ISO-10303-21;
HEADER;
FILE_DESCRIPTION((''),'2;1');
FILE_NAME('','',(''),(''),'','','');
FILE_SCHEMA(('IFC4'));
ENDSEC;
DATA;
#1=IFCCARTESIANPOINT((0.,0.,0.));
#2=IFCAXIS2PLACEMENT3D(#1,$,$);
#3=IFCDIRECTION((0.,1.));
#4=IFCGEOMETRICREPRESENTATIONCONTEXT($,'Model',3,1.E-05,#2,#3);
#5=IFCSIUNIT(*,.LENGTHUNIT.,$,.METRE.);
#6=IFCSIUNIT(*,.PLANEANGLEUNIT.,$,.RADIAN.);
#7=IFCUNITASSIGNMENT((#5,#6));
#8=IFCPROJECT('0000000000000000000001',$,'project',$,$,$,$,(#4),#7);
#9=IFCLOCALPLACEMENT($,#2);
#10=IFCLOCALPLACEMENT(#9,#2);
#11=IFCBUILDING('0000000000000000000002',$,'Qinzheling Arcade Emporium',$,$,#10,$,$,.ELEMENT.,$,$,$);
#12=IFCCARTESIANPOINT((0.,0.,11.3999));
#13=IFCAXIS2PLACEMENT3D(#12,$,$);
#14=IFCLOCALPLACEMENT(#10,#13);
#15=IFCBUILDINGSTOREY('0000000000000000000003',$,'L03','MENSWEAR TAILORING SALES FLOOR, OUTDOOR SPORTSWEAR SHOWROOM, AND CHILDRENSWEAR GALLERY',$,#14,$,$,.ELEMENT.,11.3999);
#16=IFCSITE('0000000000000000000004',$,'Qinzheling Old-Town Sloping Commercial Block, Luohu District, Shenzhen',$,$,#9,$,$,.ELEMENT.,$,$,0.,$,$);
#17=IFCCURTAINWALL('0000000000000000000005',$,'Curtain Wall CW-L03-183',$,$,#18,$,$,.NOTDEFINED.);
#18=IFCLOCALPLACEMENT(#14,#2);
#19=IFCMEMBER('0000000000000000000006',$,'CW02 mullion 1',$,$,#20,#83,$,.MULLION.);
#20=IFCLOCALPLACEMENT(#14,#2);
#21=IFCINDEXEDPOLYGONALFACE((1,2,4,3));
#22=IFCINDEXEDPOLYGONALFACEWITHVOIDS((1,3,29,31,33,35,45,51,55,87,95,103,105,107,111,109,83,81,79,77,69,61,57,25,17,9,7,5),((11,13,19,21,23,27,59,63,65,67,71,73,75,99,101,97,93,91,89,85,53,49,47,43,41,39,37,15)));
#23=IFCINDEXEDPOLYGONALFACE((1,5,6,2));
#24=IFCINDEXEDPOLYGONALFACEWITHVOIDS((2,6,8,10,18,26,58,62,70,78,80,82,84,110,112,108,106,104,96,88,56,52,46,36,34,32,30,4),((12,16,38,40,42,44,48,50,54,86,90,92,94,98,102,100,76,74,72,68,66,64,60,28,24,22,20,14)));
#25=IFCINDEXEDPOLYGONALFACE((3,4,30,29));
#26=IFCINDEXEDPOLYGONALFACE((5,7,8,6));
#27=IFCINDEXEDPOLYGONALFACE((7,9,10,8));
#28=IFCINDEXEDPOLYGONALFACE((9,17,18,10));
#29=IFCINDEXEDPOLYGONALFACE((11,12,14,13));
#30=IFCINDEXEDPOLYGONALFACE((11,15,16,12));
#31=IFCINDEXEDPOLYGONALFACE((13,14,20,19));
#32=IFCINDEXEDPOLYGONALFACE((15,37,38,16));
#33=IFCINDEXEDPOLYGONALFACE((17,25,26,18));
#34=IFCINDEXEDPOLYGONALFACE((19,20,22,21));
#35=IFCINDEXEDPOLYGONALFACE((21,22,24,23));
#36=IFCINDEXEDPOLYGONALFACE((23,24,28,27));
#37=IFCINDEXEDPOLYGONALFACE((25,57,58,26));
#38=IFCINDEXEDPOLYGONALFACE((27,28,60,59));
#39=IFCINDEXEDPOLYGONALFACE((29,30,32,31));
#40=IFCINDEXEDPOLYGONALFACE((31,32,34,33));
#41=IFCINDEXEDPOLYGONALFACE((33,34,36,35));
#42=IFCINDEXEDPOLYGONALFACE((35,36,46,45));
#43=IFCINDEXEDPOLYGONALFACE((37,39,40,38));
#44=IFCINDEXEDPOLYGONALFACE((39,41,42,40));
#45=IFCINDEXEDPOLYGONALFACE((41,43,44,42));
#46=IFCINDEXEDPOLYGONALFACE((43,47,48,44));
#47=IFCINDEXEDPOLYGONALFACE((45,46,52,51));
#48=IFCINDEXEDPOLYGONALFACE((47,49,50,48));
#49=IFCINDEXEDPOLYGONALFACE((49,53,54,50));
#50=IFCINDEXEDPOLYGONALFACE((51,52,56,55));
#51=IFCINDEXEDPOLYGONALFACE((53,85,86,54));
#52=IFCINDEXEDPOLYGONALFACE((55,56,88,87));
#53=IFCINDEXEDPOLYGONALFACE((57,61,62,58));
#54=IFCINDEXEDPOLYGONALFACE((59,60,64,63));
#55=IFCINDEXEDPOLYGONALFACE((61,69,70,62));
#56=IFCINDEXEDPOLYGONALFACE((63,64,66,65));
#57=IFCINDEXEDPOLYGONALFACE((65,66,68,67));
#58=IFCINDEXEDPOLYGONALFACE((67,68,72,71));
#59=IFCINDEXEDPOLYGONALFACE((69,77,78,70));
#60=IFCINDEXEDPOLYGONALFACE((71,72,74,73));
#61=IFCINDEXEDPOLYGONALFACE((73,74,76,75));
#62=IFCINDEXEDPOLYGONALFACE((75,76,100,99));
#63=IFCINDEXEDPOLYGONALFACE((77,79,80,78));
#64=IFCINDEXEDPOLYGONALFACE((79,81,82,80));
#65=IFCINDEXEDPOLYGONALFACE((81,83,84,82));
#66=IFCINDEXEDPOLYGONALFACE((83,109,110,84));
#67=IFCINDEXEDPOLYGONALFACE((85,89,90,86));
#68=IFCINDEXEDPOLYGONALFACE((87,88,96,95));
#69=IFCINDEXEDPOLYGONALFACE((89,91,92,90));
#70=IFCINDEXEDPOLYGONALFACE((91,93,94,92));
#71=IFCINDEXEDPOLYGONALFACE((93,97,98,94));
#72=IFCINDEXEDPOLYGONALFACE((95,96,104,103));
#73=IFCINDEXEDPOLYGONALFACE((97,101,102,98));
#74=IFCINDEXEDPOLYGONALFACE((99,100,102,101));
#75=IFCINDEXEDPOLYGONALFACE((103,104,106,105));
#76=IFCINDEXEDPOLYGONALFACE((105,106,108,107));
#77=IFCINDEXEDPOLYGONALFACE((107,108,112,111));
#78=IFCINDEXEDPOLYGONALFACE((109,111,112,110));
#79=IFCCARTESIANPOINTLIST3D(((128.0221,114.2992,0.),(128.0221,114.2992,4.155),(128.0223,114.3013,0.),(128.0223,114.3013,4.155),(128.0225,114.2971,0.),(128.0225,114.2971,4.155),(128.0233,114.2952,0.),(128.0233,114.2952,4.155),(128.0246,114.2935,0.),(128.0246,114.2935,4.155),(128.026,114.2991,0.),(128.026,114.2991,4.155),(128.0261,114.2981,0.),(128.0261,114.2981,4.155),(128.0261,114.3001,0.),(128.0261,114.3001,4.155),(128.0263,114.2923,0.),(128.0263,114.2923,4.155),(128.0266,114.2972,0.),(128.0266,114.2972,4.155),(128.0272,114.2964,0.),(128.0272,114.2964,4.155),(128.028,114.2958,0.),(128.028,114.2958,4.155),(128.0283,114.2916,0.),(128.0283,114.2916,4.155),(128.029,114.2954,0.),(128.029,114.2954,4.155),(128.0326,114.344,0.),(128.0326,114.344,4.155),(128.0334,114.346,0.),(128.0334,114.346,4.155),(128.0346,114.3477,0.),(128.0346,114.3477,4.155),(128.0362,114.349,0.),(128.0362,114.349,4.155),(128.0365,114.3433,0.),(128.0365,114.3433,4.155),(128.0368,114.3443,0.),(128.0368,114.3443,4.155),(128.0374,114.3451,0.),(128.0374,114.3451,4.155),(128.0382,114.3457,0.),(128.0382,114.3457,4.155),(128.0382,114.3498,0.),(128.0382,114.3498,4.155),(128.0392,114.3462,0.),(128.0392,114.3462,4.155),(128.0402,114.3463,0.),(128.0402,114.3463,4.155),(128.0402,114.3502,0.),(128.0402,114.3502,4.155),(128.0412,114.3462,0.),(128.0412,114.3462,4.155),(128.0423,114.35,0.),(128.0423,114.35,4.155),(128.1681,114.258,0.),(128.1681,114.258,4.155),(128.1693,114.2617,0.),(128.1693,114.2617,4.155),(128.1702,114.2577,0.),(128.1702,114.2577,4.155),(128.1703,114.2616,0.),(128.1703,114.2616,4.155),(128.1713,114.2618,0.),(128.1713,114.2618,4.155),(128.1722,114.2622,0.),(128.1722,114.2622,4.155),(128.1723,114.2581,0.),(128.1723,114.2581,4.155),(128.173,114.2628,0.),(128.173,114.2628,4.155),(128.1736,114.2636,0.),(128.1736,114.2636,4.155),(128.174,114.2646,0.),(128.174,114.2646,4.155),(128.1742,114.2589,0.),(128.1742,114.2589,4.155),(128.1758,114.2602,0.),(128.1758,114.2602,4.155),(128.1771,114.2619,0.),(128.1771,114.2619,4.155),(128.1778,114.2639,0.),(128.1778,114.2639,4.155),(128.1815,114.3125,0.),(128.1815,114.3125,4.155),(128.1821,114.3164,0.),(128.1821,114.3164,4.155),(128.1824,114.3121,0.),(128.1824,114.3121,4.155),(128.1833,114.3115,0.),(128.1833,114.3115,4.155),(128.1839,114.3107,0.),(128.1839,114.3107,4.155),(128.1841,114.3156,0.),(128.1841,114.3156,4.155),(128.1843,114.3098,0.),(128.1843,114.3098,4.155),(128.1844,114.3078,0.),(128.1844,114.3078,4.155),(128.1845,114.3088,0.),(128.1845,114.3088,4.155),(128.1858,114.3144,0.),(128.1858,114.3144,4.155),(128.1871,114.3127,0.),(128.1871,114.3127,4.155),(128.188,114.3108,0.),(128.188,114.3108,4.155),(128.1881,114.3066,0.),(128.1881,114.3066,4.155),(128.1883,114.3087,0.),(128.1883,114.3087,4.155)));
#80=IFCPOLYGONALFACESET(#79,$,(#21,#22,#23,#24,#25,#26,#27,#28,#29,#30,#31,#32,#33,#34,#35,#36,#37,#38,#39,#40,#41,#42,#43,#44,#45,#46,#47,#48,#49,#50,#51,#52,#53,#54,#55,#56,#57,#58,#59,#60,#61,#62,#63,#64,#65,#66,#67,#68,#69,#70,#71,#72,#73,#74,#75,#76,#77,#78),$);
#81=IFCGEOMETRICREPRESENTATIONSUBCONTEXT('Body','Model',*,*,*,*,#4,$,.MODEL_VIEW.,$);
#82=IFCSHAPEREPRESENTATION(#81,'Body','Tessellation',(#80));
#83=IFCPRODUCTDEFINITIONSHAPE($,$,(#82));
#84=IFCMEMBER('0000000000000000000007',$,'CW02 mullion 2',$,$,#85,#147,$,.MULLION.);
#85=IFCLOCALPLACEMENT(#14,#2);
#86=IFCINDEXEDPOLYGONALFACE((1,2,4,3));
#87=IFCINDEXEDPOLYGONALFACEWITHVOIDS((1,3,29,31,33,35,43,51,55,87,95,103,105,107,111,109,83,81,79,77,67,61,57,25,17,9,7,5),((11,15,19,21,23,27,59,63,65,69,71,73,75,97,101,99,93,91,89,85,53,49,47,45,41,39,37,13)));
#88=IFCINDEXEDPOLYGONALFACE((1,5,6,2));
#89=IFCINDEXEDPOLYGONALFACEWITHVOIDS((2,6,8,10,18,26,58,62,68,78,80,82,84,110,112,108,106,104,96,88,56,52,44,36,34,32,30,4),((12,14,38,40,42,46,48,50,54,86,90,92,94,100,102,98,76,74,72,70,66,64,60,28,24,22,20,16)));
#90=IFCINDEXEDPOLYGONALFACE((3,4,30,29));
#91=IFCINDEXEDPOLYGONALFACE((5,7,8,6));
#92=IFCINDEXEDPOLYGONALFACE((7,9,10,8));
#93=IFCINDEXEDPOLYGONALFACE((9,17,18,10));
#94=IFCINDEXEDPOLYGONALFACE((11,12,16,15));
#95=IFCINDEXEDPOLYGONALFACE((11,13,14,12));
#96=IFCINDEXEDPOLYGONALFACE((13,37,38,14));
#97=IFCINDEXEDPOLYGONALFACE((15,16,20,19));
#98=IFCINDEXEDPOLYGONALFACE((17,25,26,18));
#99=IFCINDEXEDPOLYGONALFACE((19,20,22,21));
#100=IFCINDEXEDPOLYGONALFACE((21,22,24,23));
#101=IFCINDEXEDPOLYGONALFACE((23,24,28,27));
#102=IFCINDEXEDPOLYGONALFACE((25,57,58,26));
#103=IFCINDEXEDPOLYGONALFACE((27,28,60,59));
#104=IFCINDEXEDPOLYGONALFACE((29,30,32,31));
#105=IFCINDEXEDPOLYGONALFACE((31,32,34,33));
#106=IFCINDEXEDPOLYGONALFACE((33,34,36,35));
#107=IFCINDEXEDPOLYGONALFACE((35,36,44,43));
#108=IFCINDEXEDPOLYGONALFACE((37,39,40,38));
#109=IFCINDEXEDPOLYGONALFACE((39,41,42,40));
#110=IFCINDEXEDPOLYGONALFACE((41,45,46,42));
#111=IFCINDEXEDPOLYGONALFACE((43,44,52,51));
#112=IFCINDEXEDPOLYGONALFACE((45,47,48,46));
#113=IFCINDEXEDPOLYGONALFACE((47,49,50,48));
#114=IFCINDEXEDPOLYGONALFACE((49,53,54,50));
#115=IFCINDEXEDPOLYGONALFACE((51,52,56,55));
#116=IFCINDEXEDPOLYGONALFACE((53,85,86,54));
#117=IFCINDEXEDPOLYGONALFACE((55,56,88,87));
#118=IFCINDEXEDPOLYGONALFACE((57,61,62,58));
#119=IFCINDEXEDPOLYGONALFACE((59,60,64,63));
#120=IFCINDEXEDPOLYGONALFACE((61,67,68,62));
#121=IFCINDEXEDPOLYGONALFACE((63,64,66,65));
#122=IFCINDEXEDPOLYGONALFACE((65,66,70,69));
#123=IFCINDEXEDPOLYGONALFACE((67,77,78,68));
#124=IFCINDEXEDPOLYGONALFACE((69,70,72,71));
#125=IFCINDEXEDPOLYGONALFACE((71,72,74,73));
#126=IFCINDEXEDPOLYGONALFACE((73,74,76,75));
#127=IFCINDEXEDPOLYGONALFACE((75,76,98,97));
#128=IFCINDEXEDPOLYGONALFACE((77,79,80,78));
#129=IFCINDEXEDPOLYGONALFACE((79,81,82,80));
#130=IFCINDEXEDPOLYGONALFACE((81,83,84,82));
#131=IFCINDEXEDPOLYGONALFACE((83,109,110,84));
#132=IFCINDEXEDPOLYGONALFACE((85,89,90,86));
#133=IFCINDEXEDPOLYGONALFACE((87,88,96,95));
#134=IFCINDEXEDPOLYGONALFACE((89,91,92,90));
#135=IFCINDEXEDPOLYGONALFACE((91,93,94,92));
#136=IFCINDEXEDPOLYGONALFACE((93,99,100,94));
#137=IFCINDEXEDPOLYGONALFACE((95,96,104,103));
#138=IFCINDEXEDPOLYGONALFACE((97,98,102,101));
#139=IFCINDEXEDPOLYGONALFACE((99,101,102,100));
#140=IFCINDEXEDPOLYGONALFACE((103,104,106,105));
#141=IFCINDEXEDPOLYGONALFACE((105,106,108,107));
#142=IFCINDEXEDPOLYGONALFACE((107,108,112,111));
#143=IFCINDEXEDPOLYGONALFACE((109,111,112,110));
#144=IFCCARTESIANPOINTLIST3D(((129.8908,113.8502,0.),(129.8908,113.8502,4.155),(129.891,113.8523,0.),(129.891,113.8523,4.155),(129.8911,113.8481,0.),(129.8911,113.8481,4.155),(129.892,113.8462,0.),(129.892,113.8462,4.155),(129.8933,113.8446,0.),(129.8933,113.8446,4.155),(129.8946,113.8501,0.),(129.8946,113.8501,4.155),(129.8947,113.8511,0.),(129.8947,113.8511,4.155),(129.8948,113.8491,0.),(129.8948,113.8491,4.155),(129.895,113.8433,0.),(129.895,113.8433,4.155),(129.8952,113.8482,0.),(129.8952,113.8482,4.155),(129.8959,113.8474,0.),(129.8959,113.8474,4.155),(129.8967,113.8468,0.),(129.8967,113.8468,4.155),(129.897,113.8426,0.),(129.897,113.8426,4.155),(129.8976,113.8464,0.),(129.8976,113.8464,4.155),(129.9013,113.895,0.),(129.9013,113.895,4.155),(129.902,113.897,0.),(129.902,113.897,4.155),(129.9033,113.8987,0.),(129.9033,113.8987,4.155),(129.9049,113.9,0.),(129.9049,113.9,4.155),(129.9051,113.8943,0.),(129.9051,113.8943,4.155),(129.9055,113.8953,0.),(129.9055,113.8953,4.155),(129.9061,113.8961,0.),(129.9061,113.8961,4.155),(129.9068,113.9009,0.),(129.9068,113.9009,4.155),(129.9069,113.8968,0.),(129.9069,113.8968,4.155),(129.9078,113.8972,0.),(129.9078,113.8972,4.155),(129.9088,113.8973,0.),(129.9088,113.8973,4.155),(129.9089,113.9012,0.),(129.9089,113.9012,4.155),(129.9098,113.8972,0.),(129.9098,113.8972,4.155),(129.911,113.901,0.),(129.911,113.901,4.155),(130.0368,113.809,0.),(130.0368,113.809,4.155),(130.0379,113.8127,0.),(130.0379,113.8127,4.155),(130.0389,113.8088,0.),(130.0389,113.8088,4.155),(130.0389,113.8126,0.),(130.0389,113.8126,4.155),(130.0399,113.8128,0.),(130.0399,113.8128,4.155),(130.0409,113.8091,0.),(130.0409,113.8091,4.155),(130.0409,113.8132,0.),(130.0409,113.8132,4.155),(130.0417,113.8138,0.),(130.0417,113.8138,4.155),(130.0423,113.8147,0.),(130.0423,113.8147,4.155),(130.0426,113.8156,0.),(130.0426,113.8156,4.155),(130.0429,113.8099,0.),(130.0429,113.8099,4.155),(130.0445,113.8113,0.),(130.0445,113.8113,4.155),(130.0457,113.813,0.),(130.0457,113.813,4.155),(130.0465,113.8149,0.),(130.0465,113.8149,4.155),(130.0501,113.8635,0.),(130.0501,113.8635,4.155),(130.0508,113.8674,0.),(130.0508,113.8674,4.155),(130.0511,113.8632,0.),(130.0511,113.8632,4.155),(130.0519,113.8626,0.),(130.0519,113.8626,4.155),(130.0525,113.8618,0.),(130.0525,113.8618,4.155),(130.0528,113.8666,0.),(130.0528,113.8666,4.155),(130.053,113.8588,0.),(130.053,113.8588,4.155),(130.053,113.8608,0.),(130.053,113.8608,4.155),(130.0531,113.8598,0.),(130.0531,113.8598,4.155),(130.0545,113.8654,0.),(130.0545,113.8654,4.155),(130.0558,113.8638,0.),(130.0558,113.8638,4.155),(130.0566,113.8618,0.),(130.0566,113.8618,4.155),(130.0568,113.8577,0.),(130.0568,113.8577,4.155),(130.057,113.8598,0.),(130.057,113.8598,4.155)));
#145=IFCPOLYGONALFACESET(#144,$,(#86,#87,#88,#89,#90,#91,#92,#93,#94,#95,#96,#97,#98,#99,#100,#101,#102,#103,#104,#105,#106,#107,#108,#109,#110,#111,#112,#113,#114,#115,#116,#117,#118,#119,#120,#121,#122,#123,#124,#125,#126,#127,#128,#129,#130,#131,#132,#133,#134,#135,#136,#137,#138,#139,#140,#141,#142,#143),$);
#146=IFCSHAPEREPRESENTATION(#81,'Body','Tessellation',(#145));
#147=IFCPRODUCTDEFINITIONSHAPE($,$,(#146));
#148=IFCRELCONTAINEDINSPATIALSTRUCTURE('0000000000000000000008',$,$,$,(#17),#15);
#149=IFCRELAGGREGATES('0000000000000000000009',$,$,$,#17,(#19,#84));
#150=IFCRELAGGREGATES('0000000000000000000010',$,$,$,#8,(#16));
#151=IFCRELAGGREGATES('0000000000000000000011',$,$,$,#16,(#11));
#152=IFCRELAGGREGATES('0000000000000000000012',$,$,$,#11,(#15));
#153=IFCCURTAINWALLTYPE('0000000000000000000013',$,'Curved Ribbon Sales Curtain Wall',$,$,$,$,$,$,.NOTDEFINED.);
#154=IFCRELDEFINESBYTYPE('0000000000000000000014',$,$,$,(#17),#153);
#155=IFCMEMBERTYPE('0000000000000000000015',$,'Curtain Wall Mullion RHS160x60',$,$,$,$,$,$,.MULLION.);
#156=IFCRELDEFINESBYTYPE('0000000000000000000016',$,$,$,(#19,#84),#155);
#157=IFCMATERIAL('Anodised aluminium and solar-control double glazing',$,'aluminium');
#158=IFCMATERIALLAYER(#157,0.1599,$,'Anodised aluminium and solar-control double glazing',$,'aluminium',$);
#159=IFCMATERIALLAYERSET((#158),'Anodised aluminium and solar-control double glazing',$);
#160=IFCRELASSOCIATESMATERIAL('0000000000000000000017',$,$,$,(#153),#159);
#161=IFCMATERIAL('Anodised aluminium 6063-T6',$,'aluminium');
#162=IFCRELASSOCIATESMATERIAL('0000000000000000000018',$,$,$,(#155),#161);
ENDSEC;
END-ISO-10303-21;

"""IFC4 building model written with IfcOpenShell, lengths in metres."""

from ifc_helpers import new_model, si_unit, direction, frame, origin, origin_2d, place, context, subcontext, project, spatial, hollow_rectangle, extrude, material, layer, layer_set, material_profile, profile_set, type_object, element, aggregate, save


model = new_model("IFC4")

# Units and contexts
model_context = context("Model", 3, precision=1e-05, world=origin(), true_north=direction((0.0, 1.0)))
body_context = subcontext(model_context, "Body", "Model", "MODEL_VIEW")
ifc_project = project(units=[si_unit("LENGTHUNIT", "METRE"), si_unit("PLANEANGLEUNIT", "RADIAN")], contexts=[model_context])

# Site, building, storey
site_placement = place(None, origin())
site = spatial("IfcSite", under=ifc_project, at=site_placement, Name="Qinzheling Old-Town Sloping Commercial Block, Luohu District, Shenzhen", CompositionType="ELEMENT", RefElevation=0.0)
building_placement = place(site_placement, origin())
building = spatial("IfcBuilding", under=site, at=building_placement, Name="Qinzheling Arcade Emporium", CompositionType="ELEMENT")
storey_placement = place(building_placement, frame((0.0, 0.0, 11.3999)))
storey = spatial("IfcBuildingStorey", under=building, at=storey_placement, Name="L03", Description="MENSWEAR TAILORING SALES FLOOR, OUTDOOR SPORTSWEAR SHOWROOM, AND CHILDRENSWEAR GALLERY", CompositionType="ELEMENT", Elevation=11.3999)

# Shared definitions
ifc_material_1 = material(Name="Anodised aluminium and solar-control double glazing", Category="aluminium")
ifc_layer_1 = layer(ifc_material_1, 0.1599, Name="Anodised aluminium and solar-control double glazing", Category="aluminium")
ifc_layer_set_1 = layer_set([ifc_layer_1], Name="Anodised aluminium and solar-control double glazing")
curtain_wall_type = type_object("IfcCurtainWallType", Name="Curved Ribbon Sales Curtain Wall", PredefinedType="NOTDEFINED", material=ifc_layer_set_1)
ifc_material_2 = material(Name="Anodised aluminium 6063-T6", Category="aluminium")
ifc_material_profile_1 = material_profile(ifc_material_2, hollow_rectangle(XDim=0.0601, YDim=0.1599, WallThickness=0.0039, InnerFilletRadius=0.0039, OuterFilletRadius=0.0081, at=origin_2d()), Name="RHS 160x60x4", Category="aluminium")
ifc_profile_set_1 = profile_set([ifc_material_profile_1], Name="Anodised aluminium 6063-T6")
member_type_1 = type_object("IfcMemberType", Name="Curtain Wall Mullion RHS160x60", PredefinedType="MULLION", material=ifc_profile_set_1)

# Curtain wall, members
curtain_wall_1_placement = place(storey_placement, origin())
curtain_wall_1 = element("IfcCurtainWall", 1, at=curtain_wall_1_placement, inside=storey, type_object=curtain_wall_type, Name="Curtain Wall CW-L03-183", PredefinedType="NOTDEFINED")
member_1_placement = place(storey_placement, frame((128.1052, 114.304, 0.0), z_axis=(0.0, 0.0, 1.0), x_axis=(0.233621, 0.972328, 0.0)))
member_1 = element("IfcMember", 2, at=member_1_placement, type_object=member_type_1, Name="CW02 mullion 1", PredefinedType="MULLION", context=body_context, shape_type="SweptSolid", body=[
    extrude(hollow_rectangle(XDim=0.0601, YDim=0.1599, WallThickness=0.0039, InnerFilletRadius=0.0039, OuterFilletRadius=0.0081, at=origin_2d()), origin(), (0.0, 0.0, 1.0), 4.155),
])
member_2_placement = place(storey_placement, frame((129.9739, 113.855, 0.0), z_axis=(0.0, 0.0, 1.0), x_axis=(0.233621, 0.972328, 0.0)))
member_2 = element("IfcMember", 3, at=member_2_placement, type_object=member_type_1, Name="CW02 mullion 2", PredefinedType="MULLION", context=body_context, shape_type="SweptSolid", body=[
    extrude(hollow_rectangle(XDim=0.0601, YDim=0.1599, WallThickness=0.0039, InnerFilletRadius=0.0039, OuterFilletRadius=0.0081, at=origin_2d()), origin(), (0.0, 0.0, 1.0), 4.155),
])

aggregate(curtain_wall_1, [member_1, member_2])

save(model, "model.ifc")
